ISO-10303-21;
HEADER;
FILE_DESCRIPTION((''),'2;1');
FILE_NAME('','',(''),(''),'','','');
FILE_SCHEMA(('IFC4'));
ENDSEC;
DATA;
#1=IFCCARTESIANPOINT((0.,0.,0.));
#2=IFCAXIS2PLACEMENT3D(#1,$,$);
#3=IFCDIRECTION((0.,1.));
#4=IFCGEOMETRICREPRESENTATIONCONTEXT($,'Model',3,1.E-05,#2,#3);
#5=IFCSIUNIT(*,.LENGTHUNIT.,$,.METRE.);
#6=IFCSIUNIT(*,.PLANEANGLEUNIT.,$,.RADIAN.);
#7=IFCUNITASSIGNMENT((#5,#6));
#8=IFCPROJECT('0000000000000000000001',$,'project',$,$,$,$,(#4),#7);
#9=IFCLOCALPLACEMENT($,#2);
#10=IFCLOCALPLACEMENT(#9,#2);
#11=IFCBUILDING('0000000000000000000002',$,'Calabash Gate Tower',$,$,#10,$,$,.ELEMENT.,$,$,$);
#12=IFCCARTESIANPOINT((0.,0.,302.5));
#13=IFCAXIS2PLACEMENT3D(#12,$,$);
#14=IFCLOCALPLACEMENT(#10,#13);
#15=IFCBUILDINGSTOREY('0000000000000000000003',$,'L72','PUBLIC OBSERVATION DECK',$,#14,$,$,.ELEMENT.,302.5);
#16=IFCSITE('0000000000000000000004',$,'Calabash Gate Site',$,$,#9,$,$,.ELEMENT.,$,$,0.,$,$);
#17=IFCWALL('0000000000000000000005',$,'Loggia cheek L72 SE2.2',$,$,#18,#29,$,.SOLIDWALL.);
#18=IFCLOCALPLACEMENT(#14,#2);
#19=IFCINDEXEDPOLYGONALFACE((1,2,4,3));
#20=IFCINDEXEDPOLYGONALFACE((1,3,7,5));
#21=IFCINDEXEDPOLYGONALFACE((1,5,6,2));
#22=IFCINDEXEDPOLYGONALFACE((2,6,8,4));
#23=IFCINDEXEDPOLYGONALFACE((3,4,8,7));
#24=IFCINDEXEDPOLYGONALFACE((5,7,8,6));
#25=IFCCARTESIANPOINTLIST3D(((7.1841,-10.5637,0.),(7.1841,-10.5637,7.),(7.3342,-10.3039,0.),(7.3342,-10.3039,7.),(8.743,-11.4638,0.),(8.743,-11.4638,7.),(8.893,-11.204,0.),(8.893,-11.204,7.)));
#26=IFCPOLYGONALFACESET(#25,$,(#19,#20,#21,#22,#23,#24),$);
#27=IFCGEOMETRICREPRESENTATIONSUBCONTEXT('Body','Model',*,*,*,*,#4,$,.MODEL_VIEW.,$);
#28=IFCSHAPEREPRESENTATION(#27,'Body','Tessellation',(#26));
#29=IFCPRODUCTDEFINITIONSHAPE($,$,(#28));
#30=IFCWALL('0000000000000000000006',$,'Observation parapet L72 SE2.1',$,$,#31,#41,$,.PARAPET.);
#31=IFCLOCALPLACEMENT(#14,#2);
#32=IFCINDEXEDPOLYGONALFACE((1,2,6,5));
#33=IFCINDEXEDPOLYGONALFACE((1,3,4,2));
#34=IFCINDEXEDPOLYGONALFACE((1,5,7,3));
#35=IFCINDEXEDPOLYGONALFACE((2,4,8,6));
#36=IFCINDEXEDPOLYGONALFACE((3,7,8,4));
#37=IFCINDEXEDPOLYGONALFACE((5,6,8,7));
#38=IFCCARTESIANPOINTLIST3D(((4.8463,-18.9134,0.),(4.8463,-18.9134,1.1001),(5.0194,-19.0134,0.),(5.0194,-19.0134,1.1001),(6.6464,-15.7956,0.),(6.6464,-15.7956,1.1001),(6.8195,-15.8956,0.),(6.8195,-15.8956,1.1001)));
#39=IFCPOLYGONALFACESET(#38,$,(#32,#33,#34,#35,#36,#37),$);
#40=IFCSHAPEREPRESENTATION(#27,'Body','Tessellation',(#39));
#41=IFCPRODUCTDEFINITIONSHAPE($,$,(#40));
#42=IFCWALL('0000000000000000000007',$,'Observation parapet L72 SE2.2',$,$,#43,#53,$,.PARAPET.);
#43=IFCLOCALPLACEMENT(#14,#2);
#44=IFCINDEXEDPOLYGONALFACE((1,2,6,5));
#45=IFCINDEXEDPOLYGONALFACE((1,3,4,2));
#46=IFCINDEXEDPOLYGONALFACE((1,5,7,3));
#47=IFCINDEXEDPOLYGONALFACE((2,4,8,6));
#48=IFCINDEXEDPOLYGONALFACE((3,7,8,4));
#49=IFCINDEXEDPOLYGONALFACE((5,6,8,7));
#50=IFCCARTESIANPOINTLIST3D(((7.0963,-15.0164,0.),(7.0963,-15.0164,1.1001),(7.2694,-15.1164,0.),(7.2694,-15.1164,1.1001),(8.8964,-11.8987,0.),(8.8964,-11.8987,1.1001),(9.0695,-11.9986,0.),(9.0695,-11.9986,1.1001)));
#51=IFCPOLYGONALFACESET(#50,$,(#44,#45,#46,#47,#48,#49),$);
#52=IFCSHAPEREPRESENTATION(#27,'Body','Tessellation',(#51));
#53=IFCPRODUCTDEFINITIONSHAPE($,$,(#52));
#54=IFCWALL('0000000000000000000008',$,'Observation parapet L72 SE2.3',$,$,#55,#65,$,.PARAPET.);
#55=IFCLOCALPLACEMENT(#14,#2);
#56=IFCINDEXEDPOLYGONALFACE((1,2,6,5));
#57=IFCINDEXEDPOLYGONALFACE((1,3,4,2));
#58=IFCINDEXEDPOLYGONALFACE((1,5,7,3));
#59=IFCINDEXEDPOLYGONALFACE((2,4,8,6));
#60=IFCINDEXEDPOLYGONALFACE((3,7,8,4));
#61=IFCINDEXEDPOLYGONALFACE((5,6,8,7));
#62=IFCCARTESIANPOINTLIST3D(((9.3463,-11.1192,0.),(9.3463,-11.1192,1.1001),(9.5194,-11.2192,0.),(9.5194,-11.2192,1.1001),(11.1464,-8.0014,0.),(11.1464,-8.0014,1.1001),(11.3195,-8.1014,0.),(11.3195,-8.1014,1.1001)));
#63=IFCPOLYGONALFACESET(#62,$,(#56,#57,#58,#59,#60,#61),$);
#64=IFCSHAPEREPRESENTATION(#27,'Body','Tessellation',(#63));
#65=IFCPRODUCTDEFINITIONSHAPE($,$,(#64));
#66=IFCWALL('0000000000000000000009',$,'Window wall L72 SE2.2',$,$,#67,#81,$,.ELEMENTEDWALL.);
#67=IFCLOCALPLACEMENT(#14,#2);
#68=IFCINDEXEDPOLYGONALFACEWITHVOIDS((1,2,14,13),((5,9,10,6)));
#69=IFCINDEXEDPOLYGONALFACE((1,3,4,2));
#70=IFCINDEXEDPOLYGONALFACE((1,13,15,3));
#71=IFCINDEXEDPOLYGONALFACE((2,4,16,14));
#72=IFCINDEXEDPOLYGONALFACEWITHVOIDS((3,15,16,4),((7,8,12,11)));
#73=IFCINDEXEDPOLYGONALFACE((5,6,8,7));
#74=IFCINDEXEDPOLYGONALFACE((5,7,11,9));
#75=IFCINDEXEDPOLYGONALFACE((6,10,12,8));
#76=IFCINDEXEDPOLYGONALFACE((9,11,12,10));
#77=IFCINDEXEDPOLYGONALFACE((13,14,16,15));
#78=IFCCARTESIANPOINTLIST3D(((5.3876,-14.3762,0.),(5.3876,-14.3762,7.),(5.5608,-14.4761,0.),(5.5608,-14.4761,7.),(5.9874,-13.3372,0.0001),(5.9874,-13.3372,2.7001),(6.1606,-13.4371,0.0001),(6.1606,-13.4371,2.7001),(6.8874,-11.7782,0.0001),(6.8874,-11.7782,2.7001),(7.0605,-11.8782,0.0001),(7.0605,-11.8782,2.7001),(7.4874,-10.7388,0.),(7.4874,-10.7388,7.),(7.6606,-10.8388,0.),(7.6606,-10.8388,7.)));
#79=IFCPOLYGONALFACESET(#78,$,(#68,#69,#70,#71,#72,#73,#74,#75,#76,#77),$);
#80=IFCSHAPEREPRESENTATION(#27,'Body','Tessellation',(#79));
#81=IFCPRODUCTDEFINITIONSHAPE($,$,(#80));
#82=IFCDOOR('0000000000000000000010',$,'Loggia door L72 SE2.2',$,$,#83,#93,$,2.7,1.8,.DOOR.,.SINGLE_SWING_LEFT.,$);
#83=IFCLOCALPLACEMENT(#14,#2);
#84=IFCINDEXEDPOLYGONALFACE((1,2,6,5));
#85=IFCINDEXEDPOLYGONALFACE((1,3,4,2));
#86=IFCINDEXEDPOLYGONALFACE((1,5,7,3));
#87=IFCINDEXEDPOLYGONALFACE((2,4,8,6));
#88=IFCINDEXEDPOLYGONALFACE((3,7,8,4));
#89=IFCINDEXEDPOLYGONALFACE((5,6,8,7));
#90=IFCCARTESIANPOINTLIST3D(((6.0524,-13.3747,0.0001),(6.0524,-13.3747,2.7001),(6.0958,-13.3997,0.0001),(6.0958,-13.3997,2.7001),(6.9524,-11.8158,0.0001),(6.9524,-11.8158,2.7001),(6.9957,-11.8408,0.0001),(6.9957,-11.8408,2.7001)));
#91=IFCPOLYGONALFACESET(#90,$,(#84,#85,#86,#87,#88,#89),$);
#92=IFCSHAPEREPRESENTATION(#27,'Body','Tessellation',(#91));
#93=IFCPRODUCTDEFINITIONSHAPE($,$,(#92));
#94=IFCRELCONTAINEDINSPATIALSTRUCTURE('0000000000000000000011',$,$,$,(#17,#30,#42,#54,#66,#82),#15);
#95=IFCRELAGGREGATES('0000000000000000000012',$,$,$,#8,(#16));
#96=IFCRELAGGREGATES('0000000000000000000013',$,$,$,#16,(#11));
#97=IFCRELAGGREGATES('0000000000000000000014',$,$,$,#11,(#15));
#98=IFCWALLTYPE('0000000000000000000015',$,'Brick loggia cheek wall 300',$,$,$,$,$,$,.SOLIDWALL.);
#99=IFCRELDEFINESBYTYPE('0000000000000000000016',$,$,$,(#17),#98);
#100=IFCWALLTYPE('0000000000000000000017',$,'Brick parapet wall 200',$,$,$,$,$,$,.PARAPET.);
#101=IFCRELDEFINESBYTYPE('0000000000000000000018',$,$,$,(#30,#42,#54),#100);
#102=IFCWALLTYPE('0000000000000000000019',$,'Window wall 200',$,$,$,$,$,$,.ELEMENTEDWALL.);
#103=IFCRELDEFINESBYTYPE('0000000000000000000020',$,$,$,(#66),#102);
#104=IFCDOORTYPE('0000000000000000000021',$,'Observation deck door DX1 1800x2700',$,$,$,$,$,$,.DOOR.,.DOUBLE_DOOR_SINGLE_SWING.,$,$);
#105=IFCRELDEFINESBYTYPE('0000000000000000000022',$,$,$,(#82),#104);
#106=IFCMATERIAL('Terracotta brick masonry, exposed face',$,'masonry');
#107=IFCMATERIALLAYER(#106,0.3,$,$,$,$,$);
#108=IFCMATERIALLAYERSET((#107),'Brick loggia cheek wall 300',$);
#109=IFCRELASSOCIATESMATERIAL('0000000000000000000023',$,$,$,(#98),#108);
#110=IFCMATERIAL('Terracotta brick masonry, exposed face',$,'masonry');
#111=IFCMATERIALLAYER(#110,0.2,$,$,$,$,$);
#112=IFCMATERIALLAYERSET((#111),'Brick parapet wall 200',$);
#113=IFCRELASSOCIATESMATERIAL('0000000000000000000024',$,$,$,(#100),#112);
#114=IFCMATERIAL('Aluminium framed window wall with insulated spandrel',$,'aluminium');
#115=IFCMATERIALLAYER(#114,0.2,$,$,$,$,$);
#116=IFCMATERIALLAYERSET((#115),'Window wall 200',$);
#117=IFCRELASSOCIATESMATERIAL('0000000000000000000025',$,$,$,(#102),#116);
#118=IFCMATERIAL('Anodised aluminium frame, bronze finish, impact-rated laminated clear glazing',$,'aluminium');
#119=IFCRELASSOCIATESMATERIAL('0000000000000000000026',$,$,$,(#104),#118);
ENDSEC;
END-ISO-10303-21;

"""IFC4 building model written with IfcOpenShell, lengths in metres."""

from ifc_helpers import new_model, si_unit, direction, frame, frame_2d, origin, place, context, subcontext, project, spatial, rectangle, extrude, material, layer, layer_set, type_object, element, fill, save


model = new_model("IFC4")

# Units and contexts
model_context = context("Model", 3, precision=1e-05, world=origin(), true_north=direction((0.0, 1.0)))
body_context = subcontext(model_context, "Body", "Model", "MODEL_VIEW")
ifc_project = project(units=[si_unit("LENGTHUNIT", "METRE"), si_unit("PLANEANGLEUNIT", "RADIAN")], contexts=[model_context])

# Site, building, storey
site_placement = place(None, origin())
site = spatial("IfcSite", under=ifc_project, at=site_placement, Name="Calabash Gate Site", CompositionType="ELEMENT", RefElevation=0.0)
building_placement = place(site_placement, origin())
building = spatial("IfcBuilding", under=site, at=building_placement, Name="Calabash Gate Tower", CompositionType="ELEMENT")
storey_placement = place(building_placement, frame((0.0, 0.0, 302.5)))
storey = spatial("IfcBuildingStorey", under=building, at=storey_placement, Name="L72", Description="PUBLIC OBSERVATION DECK", CompositionType="ELEMENT", Elevation=302.5)

# Walls
ifc_material_1 = material(Name="Terracotta brick masonry, exposed face", Category="masonry")
ifc_layer_1 = layer(ifc_material_1, 0.3)
ifc_layer_set_1 = layer_set([ifc_layer_1], Name="Brick loggia cheek wall 300")
wall_type_1 = type_object("IfcWallType", Name="Brick loggia cheek wall 300", PredefinedType="SOLIDWALL", material=ifc_layer_set_1)
for number, where, z_axis, x_axis, name in (
    (1, (7.2593, -10.4338, 0.0), (0.0, 0.0, 1.0), (0.865989, -0.500063, 0.0), "Loggia cheek L72 SE2.2"),
):
    element("IfcWall", number, at=place(storey_placement, frame(where, z_axis=z_axis, x_axis=x_axis)), inside=storey, type_object=wall_type_1, Name=name, PredefinedType="SOLIDWALL", context=body_context, shape_type="SweptSolid", body=[
        extrude(rectangle(XDim=1.8, YDim=0.3, at=frame_2d((0.8999, 0.0))), origin(), (0.0, 0.0, 1.0), 7.0),
    ])
ifc_material_2 = material(Name="Terracotta brick masonry, exposed face", Category="masonry")
ifc_layer_2 = layer(ifc_material_2, 0.2)
ifc_layer_set_2 = layer_set([ifc_layer_2], Name="Brick parapet wall 200")
wall_type_2 = type_object("IfcWallType", Name="Brick parapet wall 200", PredefinedType="PARAPET", material=ifc_layer_set_2)
for number, where, z_axis, x_axis, name in (
    (2, (4.9329, -18.9634, 0.0), (0.0, 0.0, 1.0), (0.500012, 0.866018, 0.0), "Observation parapet L72 SE2.1"),
    (3, (7.1829, -15.0664, 0.0), (0.0, 0.0, 1.0), (0.500012, 0.866018, 0.0), "Observation parapet L72 SE2.2"),
    (4, (9.4329, -11.1692, 0.0), (0.0, 0.0, 1.0), (0.500012, 0.866018, 0.0), "Observation parapet L72 SE2.3"),
):
    element("IfcWall", number, at=place(storey_placement, frame(where, z_axis=z_axis, x_axis=x_axis)), inside=storey, type_object=wall_type_2, Name=name, PredefinedType="PARAPET", context=body_context, shape_type="SweptSolid", body=[
        extrude(rectangle(XDim=3.6001, YDim=0.2, at=frame_2d((1.8, 0.0))), origin(), (0.0, 0.0, 1.0), 1.1001),
    ])

# Wall, opening, door
ifc_material_3 = material(Name="Aluminium framed window wall with insulated spandrel", Category="aluminium")
ifc_layer_3 = layer(ifc_material_3, 0.2)
ifc_layer_set_3 = layer_set([ifc_layer_3], Name="Window wall 200")
wall_type_3 = type_object("IfcWallType", Name="Window wall 200", PredefinedType="ELEMENTEDWALL", material=ifc_layer_set_3)
wall_1_placement = place(storey_placement, frame((5.4741, -14.4263, 0.0), z_axis=(0.0, 0.0, 1.0), x_axis=(0.499959, 0.866049, 0.0)))
wall_1 = element("IfcWall", 5, at=wall_1_placement, inside=storey, type_object=wall_type_3, Name="Window wall L72 SE2.2", PredefinedType="ELEMENTEDWALL", context=body_context, shape_type="SweptSolid", body=[
    extrude(rectangle(XDim=4.2, YDim=0.2, at=frame_2d((2.1001, 0.0))), origin(), (0.0, 0.0, 1.0), 7.0),
])
opening_placement = place(wall_1_placement, frame((1.2, 0.0, 0.0)))
opening = element("IfcOpeningElement", 6, at=opening_placement, cuts=wall_1, PredefinedType="OPENING", context=body_context, shape_type="SweptSolid", body=[
    extrude(rectangle(XDim=1.8, YDim=2.7, at=frame_2d((0.8999, 1.3501))), frame((0.0, 0.1099, 0.0), z_axis=(0.0, -1.0, 0.0), x_axis=(1.0, 0.0, 0.0)), (0.0, 0.0, 1.0), 0.22),
])
ifc_material_4 = material(Name="Anodised aluminium frame, bronze finish, impact-rated laminated clear glazing", Category="aluminium")
door_type = type_object("IfcDoorType", Name="Observation deck door DX1 1800x2700", OperationType="DOUBLE_DOOR_SINGLE_SWING", PredefinedType="DOOR", material=ifc_material_4)
door_placement = place(opening_placement, origin())
door = element("IfcDoor", 7, at=door_placement, inside=storey, type_object=door_type, Name="Loggia door L72 SE2.2", OperationType="SINGLE_SWING_LEFT", OverallHeight=2.7, OverallWidth=1.8, PredefinedType="DOOR", context=body_context, shape_type="SweptSolid", body=[
    extrude(rectangle(XDim=1.8, YDim=2.7, at=frame_2d((0.8999, 1.3501))), frame((0.0, 0.0249, 0.0), z_axis=(0.0, -1.0, 0.0), x_axis=(1.0, 0.0, 0.0)), (0.0, 0.0, 1.0), 0.05),
])
fill(opening, door)

save(model, "model.ifc")
